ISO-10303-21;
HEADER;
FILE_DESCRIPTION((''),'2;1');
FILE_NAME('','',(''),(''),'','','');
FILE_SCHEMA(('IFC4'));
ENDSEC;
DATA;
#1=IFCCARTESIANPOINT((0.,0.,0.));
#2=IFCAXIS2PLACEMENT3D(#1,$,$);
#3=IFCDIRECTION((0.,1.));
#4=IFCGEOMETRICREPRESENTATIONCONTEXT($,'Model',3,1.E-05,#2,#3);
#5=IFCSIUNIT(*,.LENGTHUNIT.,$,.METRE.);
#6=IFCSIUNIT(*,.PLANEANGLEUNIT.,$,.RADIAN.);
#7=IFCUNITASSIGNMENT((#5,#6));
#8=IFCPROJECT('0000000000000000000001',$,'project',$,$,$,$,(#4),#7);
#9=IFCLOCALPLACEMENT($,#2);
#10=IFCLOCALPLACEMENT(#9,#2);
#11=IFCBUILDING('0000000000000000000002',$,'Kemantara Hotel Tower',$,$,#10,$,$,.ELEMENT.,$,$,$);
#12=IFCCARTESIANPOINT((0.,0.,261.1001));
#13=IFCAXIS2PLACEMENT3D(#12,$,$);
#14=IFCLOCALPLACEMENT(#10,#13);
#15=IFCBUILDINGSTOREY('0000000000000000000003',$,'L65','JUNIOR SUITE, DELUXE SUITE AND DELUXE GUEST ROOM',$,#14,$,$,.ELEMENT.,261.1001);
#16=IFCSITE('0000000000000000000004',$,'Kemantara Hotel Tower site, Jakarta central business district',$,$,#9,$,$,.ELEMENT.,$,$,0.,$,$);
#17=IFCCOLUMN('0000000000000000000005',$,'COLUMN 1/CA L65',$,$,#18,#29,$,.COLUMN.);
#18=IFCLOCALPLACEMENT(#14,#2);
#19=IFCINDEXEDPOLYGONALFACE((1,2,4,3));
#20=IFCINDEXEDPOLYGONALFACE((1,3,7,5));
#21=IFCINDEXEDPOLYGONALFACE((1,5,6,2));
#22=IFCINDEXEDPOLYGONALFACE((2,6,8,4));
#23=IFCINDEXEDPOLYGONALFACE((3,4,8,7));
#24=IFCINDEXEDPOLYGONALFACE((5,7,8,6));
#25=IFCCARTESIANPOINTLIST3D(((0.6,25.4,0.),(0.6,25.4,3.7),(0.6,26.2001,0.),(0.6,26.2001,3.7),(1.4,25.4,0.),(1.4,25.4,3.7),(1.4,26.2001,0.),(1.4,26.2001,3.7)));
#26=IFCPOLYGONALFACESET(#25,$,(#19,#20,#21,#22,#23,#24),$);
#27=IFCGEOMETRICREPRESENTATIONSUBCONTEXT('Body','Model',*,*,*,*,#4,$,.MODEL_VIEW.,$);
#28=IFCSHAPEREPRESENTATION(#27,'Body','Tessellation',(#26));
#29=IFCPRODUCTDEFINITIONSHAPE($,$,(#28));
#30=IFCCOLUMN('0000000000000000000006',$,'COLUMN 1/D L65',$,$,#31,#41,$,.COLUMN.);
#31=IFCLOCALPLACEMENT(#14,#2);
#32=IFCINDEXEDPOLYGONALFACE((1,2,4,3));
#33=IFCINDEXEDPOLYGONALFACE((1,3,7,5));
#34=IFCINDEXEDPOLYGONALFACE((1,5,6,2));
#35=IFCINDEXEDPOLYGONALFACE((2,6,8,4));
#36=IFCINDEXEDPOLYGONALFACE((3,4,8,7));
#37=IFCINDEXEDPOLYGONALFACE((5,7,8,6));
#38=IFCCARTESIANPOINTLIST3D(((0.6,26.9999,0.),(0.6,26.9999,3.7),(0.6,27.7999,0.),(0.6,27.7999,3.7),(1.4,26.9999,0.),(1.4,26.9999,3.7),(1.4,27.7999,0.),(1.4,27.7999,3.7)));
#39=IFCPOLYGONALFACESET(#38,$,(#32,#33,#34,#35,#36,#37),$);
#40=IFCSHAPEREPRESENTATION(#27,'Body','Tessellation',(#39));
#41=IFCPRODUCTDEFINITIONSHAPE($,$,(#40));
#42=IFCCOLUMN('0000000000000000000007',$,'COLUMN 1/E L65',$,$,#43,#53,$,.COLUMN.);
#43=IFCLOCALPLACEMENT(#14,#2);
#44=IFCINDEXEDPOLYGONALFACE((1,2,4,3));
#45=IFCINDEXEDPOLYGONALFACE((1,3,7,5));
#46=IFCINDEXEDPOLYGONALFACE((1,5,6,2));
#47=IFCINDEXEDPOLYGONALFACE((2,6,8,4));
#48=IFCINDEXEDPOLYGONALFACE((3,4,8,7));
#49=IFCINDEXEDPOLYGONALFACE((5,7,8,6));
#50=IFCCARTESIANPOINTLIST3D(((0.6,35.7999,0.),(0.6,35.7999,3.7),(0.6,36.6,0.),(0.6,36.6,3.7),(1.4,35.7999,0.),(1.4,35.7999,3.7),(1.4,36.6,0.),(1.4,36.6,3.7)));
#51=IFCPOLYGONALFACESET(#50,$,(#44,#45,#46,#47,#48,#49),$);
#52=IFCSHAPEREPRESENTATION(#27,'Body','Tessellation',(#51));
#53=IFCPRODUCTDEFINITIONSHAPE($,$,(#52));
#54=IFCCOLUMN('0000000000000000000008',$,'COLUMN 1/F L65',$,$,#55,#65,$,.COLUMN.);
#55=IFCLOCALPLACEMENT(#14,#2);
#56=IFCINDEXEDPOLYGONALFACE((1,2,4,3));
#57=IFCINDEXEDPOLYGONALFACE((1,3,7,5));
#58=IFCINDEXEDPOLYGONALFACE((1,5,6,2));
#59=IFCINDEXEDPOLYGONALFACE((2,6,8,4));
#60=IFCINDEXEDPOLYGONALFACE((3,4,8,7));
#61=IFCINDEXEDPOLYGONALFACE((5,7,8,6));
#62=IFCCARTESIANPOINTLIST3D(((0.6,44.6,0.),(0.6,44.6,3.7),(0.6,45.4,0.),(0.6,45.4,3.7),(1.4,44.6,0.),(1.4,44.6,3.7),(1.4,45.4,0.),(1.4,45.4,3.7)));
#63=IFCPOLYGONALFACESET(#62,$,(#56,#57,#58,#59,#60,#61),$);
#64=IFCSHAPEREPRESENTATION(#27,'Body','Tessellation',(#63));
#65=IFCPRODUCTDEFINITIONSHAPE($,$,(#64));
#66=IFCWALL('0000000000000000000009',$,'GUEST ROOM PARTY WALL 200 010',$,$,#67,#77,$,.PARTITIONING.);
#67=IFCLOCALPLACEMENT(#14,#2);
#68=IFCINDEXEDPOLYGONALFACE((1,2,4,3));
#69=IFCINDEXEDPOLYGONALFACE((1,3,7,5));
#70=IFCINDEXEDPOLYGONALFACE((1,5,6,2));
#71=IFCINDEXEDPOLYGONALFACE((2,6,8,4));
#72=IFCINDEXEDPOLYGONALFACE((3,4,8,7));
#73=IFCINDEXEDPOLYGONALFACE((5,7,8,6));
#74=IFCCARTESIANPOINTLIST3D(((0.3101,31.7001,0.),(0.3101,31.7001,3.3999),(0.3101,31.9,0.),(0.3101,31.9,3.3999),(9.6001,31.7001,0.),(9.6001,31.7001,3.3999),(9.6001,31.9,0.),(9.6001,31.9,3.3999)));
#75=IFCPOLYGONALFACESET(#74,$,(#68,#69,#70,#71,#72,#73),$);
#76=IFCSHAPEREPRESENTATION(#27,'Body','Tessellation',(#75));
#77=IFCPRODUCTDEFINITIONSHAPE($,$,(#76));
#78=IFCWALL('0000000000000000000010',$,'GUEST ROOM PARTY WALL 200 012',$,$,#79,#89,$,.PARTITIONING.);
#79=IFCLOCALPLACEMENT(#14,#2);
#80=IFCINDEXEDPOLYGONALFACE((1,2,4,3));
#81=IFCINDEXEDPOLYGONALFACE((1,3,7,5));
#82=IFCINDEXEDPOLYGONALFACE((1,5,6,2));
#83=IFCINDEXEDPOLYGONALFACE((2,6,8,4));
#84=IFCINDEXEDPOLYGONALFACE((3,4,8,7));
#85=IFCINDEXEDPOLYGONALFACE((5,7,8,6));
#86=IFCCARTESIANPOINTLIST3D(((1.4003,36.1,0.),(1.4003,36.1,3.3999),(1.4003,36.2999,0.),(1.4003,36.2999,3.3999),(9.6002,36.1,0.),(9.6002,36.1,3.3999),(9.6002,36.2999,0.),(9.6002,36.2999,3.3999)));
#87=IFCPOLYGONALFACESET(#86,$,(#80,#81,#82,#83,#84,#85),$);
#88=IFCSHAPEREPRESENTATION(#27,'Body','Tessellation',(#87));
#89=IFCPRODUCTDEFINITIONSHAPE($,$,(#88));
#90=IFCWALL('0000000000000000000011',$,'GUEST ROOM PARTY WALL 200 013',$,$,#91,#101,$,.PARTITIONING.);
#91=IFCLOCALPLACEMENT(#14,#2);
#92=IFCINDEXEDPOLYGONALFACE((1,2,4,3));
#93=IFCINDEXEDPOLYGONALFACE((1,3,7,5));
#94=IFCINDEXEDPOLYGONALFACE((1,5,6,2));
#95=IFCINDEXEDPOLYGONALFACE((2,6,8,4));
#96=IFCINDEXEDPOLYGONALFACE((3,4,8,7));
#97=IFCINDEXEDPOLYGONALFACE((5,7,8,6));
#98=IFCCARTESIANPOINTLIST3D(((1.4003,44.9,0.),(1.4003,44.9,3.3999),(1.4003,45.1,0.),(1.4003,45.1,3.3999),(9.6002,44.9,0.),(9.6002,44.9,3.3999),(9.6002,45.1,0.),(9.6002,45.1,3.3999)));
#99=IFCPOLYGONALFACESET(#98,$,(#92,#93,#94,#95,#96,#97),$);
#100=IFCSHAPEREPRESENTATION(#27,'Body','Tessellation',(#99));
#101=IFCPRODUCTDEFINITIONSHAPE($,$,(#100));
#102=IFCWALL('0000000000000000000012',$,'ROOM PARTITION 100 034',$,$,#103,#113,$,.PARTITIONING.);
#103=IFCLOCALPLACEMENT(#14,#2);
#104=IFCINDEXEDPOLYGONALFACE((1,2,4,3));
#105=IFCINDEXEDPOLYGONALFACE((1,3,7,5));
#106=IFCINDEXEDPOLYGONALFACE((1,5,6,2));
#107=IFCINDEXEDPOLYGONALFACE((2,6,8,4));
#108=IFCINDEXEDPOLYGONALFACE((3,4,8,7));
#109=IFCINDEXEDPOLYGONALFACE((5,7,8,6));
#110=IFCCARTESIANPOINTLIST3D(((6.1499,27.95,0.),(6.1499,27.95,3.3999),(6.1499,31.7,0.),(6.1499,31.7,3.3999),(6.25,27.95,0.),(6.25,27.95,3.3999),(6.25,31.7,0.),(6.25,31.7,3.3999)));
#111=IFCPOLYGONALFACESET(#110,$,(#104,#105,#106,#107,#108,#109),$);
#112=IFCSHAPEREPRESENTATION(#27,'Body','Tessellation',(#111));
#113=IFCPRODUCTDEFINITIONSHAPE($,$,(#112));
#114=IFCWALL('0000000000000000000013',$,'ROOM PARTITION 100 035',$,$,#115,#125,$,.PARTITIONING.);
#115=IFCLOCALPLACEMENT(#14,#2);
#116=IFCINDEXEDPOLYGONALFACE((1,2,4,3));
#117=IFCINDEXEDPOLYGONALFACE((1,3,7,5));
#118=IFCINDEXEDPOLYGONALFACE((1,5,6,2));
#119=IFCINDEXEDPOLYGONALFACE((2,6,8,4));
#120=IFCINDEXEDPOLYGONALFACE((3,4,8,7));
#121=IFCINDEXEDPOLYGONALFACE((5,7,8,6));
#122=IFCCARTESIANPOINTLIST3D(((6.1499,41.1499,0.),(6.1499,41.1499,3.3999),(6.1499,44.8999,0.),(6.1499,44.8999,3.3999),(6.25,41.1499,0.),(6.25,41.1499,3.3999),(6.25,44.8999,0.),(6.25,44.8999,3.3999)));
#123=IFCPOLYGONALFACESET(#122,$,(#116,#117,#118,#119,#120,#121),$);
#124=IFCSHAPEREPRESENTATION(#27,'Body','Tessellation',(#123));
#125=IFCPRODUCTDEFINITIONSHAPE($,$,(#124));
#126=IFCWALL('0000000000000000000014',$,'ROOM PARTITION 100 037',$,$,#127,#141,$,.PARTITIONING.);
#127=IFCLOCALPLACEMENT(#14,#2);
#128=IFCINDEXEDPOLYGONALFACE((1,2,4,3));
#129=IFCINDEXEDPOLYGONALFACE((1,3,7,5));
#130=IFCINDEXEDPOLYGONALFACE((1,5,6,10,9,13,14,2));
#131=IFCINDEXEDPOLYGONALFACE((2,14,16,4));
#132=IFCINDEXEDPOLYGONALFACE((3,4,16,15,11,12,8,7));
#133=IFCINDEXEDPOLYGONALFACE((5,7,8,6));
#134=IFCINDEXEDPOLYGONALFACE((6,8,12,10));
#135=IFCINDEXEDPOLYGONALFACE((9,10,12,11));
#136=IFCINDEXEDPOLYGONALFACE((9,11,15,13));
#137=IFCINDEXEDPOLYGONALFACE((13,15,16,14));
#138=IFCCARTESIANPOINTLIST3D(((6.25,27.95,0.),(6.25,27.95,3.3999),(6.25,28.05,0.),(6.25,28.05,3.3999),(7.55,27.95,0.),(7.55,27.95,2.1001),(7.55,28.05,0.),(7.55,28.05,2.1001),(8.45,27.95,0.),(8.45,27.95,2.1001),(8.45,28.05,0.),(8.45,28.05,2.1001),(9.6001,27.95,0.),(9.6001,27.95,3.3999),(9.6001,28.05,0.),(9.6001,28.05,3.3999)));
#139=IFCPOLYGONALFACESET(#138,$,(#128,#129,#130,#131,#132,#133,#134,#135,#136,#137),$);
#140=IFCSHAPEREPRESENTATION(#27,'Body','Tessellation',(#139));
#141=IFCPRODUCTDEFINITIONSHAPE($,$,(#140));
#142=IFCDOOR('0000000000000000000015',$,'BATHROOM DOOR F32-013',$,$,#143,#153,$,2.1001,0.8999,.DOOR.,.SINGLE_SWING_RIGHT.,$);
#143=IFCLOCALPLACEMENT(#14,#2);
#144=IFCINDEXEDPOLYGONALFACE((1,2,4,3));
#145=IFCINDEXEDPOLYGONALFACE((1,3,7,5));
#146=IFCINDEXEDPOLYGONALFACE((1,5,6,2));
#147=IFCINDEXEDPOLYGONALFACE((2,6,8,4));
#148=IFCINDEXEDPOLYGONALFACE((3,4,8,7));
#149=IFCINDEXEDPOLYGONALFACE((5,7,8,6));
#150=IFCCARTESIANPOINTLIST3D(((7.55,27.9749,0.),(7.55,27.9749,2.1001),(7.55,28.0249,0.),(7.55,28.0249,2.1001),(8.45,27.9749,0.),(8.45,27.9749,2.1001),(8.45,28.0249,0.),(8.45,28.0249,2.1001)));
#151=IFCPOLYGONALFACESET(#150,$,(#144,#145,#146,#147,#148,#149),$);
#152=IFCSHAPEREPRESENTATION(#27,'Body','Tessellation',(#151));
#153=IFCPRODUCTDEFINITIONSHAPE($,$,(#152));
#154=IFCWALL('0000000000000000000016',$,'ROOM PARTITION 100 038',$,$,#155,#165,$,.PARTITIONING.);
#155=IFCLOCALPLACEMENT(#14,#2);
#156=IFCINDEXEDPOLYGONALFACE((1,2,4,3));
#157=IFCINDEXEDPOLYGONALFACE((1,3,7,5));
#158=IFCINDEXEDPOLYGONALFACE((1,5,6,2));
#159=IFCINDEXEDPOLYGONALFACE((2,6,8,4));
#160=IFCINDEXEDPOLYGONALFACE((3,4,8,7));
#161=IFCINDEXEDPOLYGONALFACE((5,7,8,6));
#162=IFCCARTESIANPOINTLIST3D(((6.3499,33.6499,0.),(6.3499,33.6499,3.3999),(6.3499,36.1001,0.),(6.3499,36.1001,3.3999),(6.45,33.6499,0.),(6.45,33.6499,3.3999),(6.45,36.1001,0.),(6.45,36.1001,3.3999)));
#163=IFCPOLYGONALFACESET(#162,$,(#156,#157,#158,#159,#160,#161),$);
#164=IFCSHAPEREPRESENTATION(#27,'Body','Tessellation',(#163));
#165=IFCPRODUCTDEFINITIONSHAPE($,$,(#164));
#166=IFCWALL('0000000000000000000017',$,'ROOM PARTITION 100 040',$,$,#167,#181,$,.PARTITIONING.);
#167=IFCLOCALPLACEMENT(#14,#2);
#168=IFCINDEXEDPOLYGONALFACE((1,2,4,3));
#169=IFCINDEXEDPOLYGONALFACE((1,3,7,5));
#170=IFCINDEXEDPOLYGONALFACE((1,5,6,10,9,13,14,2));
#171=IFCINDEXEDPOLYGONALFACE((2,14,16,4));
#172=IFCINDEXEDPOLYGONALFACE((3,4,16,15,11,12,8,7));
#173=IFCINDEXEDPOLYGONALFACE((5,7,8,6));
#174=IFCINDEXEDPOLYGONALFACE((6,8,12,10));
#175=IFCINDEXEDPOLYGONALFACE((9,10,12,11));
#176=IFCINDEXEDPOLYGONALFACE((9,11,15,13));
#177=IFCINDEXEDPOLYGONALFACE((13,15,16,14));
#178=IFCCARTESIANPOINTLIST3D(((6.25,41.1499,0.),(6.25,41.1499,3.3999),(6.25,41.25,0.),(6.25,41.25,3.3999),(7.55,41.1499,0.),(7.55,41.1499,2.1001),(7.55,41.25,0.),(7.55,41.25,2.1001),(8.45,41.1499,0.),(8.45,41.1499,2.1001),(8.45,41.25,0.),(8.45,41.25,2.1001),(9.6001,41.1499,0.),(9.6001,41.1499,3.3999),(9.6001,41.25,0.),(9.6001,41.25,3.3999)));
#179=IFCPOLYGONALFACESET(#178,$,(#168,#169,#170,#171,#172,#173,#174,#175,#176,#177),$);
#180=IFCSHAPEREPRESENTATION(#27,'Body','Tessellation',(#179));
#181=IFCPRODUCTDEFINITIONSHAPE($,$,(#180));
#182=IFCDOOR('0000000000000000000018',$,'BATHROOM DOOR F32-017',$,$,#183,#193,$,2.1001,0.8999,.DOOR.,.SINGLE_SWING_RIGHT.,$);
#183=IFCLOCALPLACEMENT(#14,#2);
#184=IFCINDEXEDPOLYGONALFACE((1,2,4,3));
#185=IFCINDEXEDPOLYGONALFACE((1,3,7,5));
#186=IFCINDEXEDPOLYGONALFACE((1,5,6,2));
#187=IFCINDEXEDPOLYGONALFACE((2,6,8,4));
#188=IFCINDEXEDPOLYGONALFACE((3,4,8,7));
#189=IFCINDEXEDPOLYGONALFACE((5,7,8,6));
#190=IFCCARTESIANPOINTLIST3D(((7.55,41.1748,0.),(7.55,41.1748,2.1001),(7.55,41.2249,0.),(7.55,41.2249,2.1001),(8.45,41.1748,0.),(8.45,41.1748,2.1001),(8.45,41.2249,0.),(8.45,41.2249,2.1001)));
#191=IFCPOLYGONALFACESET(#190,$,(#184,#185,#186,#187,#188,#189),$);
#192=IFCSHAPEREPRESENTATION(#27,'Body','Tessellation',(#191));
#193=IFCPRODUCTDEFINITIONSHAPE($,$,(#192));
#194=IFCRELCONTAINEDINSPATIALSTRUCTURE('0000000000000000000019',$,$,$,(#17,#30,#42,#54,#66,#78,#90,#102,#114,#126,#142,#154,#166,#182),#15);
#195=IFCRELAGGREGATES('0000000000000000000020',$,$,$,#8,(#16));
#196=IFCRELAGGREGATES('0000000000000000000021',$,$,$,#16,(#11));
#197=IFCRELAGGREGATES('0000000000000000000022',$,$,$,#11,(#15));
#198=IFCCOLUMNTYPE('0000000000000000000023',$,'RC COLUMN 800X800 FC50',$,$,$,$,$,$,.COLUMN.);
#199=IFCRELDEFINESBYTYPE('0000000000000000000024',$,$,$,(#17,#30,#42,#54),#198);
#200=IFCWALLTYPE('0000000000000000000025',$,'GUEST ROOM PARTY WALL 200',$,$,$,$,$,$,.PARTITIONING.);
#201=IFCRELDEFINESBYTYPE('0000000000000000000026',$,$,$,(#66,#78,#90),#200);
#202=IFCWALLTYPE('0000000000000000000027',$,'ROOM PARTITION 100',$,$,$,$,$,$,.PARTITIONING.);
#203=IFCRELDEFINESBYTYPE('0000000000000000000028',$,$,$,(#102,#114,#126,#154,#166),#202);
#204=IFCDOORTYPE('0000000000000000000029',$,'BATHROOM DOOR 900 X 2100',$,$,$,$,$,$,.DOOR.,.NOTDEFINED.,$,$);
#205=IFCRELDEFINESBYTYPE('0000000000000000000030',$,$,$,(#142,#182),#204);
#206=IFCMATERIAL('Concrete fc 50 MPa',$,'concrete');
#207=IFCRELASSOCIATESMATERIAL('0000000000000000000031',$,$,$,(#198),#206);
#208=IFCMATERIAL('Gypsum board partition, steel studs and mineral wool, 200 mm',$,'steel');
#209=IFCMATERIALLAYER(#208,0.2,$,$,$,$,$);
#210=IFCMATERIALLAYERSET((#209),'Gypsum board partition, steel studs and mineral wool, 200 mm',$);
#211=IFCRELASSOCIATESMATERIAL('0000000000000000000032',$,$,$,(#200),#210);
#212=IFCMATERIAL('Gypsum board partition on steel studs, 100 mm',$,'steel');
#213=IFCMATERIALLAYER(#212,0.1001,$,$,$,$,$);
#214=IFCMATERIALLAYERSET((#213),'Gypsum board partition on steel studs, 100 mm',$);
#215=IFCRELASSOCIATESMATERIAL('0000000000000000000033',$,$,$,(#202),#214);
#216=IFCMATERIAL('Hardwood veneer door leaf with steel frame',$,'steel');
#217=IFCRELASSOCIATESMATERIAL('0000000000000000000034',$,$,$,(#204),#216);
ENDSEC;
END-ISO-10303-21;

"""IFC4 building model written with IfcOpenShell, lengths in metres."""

from ifc_helpers import new_model, si_unit, direction, frame, frame_2d, origin, origin_2d, place, context, subcontext, project, spatial, rectangle, extrude, material, layer, layer_set, material_profile, profile_set, type_object, element, fill, save


model = new_model("IFC4")

# Units and contexts
model_context = context("Model", 3, precision=1e-05, world=origin(), true_north=direction((0.0, 1.0)))
body_context = subcontext(model_context, "Body", "Model", "MODEL_VIEW")
ifc_project = project(units=[si_unit("LENGTHUNIT", "METRE"), si_unit("PLANEANGLEUNIT", "RADIAN")], contexts=[model_context])

# Site, building, storey
site_placement = place(None, origin())
site = spatial("IfcSite", under=ifc_project, at=site_placement, Name="Kemantara Hotel Tower site, Jakarta central business district", CompositionType="ELEMENT", RefElevation=0.0)
building_placement = place(site_placement, origin())
building = spatial("IfcBuilding", under=site, at=building_placement, Name="Kemantara Hotel Tower", CompositionType="ELEMENT")
storey_placement = place(building_placement, frame((0.0, 0.0, 261.1001)))
storey = spatial("IfcBuildingStorey", under=building, at=storey_placement, Name="L65", Description="JUNIOR SUITE, DELUXE SUITE AND DELUXE GUEST ROOM", CompositionType="ELEMENT", Elevation=261.1001)

# Columns
ifc_material_1 = material(Name="Concrete fc 50 MPa", Category="concrete")
ifc_material_profile = material_profile(ifc_material_1, rectangle(XDim=0.8, YDim=0.8, at=origin_2d()), Name="RC 800X800")
ifc_profile_set = profile_set([ifc_material_profile], Name="Concrete fc 50 MPa")
column_type = type_object("IfcColumnType", Name="RC COLUMN 800X800 FC50", PredefinedType="COLUMN", material=ifc_profile_set)
for number, where, z_axis, x_axis, name in (
    (1, (1.0, 25.8, 0.0), (0.0, 0.0, 1.0), (1.0, 0.0, 0.0), "COLUMN 1/CA L65"),
    (2, (1.0, 27.3999, 0.0), (0.0, 0.0, 1.0), (1.0, 0.0, 0.0), "COLUMN 1/D L65"),
    (3, (1.0, 36.2, 0.0), (0.0, 0.0, 1.0), (1.0, 0.0, 0.0), "COLUMN 1/E L65"),
    (4, (1.0, 45.0, 0.0), (0.0, 0.0, 1.0), (1.0, 0.0, 0.0), "COLUMN 1/F L65"),
):
    element("IfcColumn", number, at=place(storey_placement, frame(where, z_axis=z_axis, x_axis=x_axis)), inside=storey, type_object=column_type, Name=name, PredefinedType="COLUMN", context=body_context, shape_type="SweptSolid", body=[
        extrude(rectangle(XDim=0.8, YDim=0.8, at=origin_2d()), origin(), (0.0, 0.0, 1.0), 3.7),
    ])

# Walls
ifc_material_2 = material(Name="Gypsum board partition, steel studs and mineral wool, 200 mm", Category="steel")
ifc_layer_1 = layer(ifc_material_2, 0.2)
ifc_layer_set_1 = layer_set([ifc_layer_1], Name="Gypsum board partition, steel studs and mineral wool, 200 mm")
wall_type_1 = type_object("IfcWallType", Name="GUEST ROOM PARTY WALL 200", PredefinedType="PARTITIONING", material=ifc_layer_set_1)
wall_1_placement = place(storey_placement, frame((0.3101, 31.8, 0.0), z_axis=(0.0, 0.0, 1.0), x_axis=(1.0, 0.0, 0.0)))
element("IfcWall", 5, at=wall_1_placement, inside=storey, type_object=wall_type_1, Name="GUEST ROOM PARTY WALL 200 010", PredefinedType="PARTITIONING", context=body_context, shape_type="SweptSolid", body=[
    extrude(rectangle(XDim=9.29, YDim=0.2, at=frame_2d((4.645, 0.0))), origin(), (0.0, 0.0, 1.0), 3.3999),
])
for number, where, z_axis, x_axis, name in (
    (6, (1.4001, 36.2, 0.0), (0.0, 0.0, 1.0), (1.0, 0.0, 0.0), "GUEST ROOM PARTY WALL 200 012"),
    (7, (1.4001, 45.0, 0.0), (0.0, 0.0, 1.0), (1.0, 0.0, 0.0), "GUEST ROOM PARTY WALL 200 013"),
):
    element("IfcWall", number, at=place(storey_placement, frame(where, z_axis=z_axis, x_axis=x_axis)), inside=storey, type_object=wall_type_1, Name=name, PredefinedType="PARTITIONING", context=body_context, shape_type="SweptSolid", body=[
        extrude(rectangle(XDim=8.2, YDim=0.2, at=frame_2d((4.1001, 0.0))), origin(), (0.0, 0.0, 1.0), 3.3999),
    ])
ifc_material_3 = material(Name="Gypsum board partition on steel studs, 100 mm", Category="steel")
ifc_layer_2 = layer(ifc_material_3, 0.1001)
ifc_layer_set_2 = layer_set([ifc_layer_2], Name="Gypsum board partition on steel studs, 100 mm")
wall_type_2 = type_object("IfcWallType", Name="ROOM PARTITION 100", PredefinedType="PARTITIONING", material=ifc_layer_set_2)
for number, where, z_axis, x_axis, name in (
    (8, (6.2, 27.95, 0.0), (0.0, 0.0, 1.0), (0.0, 1.0, 0.0), "ROOM PARTITION 100 034"),
    (9, (6.2, 41.1499, 0.0), (0.0, 0.0, 1.0), (0.0, 1.0, 0.0), "ROOM PARTITION 100 035"),
):
    element("IfcWall", number, at=place(storey_placement, frame(where, z_axis=z_axis, x_axis=x_axis)), inside=storey, type_object=wall_type_2, Name=name, PredefinedType="PARTITIONING", context=body_context, shape_type="SweptSolid", body=[
        extrude(rectangle(XDim=3.75, YDim=0.1001, at=frame_2d((1.875, 0.0))), origin(), (0.0, 0.0, 1.0), 3.3999),
    ])

# Wall, opening, door
wall_2_placement = place(storey_placement, frame((6.25, 28.0, 0.0), z_axis=(0.0, 0.0, 1.0), x_axis=(1.0, 0.0, 0.0)))
wall_2 = element("IfcWall", 10, at=wall_2_placement, inside=storey, type_object=wall_type_2, Name="ROOM PARTITION 100 037", PredefinedType="PARTITIONING", context=body_context, shape_type="SweptSolid", body=[
    extrude(rectangle(XDim=3.3501, YDim=0.1001, at=frame_2d((1.675, 0.0))), origin(), (0.0, 0.0, 1.0), 3.3999),
])
opening_1_placement = place(wall_2_placement, frame((1.3, 0.0, 0.0)))
opening_1 = element("IfcOpeningElement", 11, at=opening_1_placement, cuts=wall_2, PredefinedType="OPENING", context=body_context, shape_type="SweptSolid", body=[
    extrude(rectangle(XDim=0.8999, YDim=2.1001, at=frame_2d((0.45, 1.05))), frame((0.0, 0.0601, 0.0), z_axis=(0.0, -1.0, 0.0), x_axis=(1.0, 0.0, 0.0)), (0.0, 0.0, 1.0), 0.1201),
])
ifc_material_4 = material(Name="Hardwood veneer door leaf with steel frame", Category="steel")
door_type = type_object("IfcDoorType", Name="BATHROOM DOOR 900 X 2100", OperationType="NOTDEFINED", PredefinedType="DOOR", material=ifc_material_4)
door_1_placement = place(opening_1_placement, origin())
door_1 = element("IfcDoor", 12, at=door_1_placement, inside=storey, type_object=door_type, Name="BATHROOM DOOR F32-013", OperationType="SINGLE_SWING_RIGHT", OverallHeight=2.1001, OverallWidth=0.8999, PredefinedType="DOOR", context=body_context, shape_type="SweptSolid", body=[
    extrude(rectangle(XDim=0.8999, YDim=2.1001, at=frame_2d((0.45, 1.05))), frame((0.0, 0.0249, 0.0), z_axis=(0.0, -1.0, 0.0), x_axis=(1.0, 0.0, 0.0)), (0.0, 0.0, 1.0), 0.05),
])
fill(opening_1, door_1)

# Wall
wall_3_placement = place(storey_placement, frame((6.3999, 33.6499, 0.0), z_axis=(0.0, 0.0, 1.0), x_axis=(0.0, 1.0, 0.0)))
element("IfcWall", 13, at=wall_3_placement, inside=storey, type_object=wall_type_2, Name="ROOM PARTITION 100 038", PredefinedType="PARTITIONING", context=body_context, shape_type="SweptSolid", body=[
    extrude(rectangle(XDim=2.4502, YDim=0.1001, at=frame_2d((1.2251, 0.0))), origin(), (0.0, 0.0, 1.0), 3.3999),
])

# Wall, opening, door
wall_4_placement = place(storey_placement, frame((6.25, 41.2, 0.0), z_axis=(0.0, 0.0, 1.0), x_axis=(1.0, 0.0, 0.0)))
wall_4 = element("IfcWall", 14, at=wall_4_placement, inside=storey, type_object=wall_type_2, Name="ROOM PARTITION 100 040", PredefinedType="PARTITIONING", context=body_context, shape_type="SweptSolid", body=[
    extrude(rectangle(XDim=3.3501, YDim=0.1001, at=frame_2d((1.675, 0.0))), origin(), (0.0, 0.0, 1.0), 3.3999),
])
opening_2_placement = place(wall_4_placement, frame((1.3, 0.0, 0.0)))
opening_2 = element("IfcOpeningElement", 15, at=opening_2_placement, cuts=wall_4, PredefinedType="OPENING", context=body_context, shape_type="SweptSolid", body=[
    extrude(rectangle(XDim=0.8999, YDim=2.1001, at=frame_2d((0.45, 1.05))), frame((0.0, 0.0601, 0.0), z_axis=(0.0, -1.0, 0.0), x_axis=(1.0, 0.0, 0.0)), (0.0, 0.0, 1.0), 0.1201),
])
door_2_placement = place(opening_2_placement, origin())
door_2 = element("IfcDoor", 16, at=door_2_placement, inside=storey, type_object=door_type, Name="BATHROOM DOOR F32-017", OperationType="SINGLE_SWING_RIGHT", OverallHeight=2.1001, OverallWidth=0.8999, PredefinedType="DOOR", context=body_context, shape_type="SweptSolid", body=[
    extrude(rectangle(XDim=0.8999, YDim=2.1001, at=frame_2d((0.45, 1.05))), frame((0.0, 0.0249, 0.0), z_axis=(0.0, -1.0, 0.0), x_axis=(1.0, 0.0, 0.0)), (0.0, 0.0, 1.0), 0.05),
])
fill(opening_2, door_2)

save(model, "model.ifc")
